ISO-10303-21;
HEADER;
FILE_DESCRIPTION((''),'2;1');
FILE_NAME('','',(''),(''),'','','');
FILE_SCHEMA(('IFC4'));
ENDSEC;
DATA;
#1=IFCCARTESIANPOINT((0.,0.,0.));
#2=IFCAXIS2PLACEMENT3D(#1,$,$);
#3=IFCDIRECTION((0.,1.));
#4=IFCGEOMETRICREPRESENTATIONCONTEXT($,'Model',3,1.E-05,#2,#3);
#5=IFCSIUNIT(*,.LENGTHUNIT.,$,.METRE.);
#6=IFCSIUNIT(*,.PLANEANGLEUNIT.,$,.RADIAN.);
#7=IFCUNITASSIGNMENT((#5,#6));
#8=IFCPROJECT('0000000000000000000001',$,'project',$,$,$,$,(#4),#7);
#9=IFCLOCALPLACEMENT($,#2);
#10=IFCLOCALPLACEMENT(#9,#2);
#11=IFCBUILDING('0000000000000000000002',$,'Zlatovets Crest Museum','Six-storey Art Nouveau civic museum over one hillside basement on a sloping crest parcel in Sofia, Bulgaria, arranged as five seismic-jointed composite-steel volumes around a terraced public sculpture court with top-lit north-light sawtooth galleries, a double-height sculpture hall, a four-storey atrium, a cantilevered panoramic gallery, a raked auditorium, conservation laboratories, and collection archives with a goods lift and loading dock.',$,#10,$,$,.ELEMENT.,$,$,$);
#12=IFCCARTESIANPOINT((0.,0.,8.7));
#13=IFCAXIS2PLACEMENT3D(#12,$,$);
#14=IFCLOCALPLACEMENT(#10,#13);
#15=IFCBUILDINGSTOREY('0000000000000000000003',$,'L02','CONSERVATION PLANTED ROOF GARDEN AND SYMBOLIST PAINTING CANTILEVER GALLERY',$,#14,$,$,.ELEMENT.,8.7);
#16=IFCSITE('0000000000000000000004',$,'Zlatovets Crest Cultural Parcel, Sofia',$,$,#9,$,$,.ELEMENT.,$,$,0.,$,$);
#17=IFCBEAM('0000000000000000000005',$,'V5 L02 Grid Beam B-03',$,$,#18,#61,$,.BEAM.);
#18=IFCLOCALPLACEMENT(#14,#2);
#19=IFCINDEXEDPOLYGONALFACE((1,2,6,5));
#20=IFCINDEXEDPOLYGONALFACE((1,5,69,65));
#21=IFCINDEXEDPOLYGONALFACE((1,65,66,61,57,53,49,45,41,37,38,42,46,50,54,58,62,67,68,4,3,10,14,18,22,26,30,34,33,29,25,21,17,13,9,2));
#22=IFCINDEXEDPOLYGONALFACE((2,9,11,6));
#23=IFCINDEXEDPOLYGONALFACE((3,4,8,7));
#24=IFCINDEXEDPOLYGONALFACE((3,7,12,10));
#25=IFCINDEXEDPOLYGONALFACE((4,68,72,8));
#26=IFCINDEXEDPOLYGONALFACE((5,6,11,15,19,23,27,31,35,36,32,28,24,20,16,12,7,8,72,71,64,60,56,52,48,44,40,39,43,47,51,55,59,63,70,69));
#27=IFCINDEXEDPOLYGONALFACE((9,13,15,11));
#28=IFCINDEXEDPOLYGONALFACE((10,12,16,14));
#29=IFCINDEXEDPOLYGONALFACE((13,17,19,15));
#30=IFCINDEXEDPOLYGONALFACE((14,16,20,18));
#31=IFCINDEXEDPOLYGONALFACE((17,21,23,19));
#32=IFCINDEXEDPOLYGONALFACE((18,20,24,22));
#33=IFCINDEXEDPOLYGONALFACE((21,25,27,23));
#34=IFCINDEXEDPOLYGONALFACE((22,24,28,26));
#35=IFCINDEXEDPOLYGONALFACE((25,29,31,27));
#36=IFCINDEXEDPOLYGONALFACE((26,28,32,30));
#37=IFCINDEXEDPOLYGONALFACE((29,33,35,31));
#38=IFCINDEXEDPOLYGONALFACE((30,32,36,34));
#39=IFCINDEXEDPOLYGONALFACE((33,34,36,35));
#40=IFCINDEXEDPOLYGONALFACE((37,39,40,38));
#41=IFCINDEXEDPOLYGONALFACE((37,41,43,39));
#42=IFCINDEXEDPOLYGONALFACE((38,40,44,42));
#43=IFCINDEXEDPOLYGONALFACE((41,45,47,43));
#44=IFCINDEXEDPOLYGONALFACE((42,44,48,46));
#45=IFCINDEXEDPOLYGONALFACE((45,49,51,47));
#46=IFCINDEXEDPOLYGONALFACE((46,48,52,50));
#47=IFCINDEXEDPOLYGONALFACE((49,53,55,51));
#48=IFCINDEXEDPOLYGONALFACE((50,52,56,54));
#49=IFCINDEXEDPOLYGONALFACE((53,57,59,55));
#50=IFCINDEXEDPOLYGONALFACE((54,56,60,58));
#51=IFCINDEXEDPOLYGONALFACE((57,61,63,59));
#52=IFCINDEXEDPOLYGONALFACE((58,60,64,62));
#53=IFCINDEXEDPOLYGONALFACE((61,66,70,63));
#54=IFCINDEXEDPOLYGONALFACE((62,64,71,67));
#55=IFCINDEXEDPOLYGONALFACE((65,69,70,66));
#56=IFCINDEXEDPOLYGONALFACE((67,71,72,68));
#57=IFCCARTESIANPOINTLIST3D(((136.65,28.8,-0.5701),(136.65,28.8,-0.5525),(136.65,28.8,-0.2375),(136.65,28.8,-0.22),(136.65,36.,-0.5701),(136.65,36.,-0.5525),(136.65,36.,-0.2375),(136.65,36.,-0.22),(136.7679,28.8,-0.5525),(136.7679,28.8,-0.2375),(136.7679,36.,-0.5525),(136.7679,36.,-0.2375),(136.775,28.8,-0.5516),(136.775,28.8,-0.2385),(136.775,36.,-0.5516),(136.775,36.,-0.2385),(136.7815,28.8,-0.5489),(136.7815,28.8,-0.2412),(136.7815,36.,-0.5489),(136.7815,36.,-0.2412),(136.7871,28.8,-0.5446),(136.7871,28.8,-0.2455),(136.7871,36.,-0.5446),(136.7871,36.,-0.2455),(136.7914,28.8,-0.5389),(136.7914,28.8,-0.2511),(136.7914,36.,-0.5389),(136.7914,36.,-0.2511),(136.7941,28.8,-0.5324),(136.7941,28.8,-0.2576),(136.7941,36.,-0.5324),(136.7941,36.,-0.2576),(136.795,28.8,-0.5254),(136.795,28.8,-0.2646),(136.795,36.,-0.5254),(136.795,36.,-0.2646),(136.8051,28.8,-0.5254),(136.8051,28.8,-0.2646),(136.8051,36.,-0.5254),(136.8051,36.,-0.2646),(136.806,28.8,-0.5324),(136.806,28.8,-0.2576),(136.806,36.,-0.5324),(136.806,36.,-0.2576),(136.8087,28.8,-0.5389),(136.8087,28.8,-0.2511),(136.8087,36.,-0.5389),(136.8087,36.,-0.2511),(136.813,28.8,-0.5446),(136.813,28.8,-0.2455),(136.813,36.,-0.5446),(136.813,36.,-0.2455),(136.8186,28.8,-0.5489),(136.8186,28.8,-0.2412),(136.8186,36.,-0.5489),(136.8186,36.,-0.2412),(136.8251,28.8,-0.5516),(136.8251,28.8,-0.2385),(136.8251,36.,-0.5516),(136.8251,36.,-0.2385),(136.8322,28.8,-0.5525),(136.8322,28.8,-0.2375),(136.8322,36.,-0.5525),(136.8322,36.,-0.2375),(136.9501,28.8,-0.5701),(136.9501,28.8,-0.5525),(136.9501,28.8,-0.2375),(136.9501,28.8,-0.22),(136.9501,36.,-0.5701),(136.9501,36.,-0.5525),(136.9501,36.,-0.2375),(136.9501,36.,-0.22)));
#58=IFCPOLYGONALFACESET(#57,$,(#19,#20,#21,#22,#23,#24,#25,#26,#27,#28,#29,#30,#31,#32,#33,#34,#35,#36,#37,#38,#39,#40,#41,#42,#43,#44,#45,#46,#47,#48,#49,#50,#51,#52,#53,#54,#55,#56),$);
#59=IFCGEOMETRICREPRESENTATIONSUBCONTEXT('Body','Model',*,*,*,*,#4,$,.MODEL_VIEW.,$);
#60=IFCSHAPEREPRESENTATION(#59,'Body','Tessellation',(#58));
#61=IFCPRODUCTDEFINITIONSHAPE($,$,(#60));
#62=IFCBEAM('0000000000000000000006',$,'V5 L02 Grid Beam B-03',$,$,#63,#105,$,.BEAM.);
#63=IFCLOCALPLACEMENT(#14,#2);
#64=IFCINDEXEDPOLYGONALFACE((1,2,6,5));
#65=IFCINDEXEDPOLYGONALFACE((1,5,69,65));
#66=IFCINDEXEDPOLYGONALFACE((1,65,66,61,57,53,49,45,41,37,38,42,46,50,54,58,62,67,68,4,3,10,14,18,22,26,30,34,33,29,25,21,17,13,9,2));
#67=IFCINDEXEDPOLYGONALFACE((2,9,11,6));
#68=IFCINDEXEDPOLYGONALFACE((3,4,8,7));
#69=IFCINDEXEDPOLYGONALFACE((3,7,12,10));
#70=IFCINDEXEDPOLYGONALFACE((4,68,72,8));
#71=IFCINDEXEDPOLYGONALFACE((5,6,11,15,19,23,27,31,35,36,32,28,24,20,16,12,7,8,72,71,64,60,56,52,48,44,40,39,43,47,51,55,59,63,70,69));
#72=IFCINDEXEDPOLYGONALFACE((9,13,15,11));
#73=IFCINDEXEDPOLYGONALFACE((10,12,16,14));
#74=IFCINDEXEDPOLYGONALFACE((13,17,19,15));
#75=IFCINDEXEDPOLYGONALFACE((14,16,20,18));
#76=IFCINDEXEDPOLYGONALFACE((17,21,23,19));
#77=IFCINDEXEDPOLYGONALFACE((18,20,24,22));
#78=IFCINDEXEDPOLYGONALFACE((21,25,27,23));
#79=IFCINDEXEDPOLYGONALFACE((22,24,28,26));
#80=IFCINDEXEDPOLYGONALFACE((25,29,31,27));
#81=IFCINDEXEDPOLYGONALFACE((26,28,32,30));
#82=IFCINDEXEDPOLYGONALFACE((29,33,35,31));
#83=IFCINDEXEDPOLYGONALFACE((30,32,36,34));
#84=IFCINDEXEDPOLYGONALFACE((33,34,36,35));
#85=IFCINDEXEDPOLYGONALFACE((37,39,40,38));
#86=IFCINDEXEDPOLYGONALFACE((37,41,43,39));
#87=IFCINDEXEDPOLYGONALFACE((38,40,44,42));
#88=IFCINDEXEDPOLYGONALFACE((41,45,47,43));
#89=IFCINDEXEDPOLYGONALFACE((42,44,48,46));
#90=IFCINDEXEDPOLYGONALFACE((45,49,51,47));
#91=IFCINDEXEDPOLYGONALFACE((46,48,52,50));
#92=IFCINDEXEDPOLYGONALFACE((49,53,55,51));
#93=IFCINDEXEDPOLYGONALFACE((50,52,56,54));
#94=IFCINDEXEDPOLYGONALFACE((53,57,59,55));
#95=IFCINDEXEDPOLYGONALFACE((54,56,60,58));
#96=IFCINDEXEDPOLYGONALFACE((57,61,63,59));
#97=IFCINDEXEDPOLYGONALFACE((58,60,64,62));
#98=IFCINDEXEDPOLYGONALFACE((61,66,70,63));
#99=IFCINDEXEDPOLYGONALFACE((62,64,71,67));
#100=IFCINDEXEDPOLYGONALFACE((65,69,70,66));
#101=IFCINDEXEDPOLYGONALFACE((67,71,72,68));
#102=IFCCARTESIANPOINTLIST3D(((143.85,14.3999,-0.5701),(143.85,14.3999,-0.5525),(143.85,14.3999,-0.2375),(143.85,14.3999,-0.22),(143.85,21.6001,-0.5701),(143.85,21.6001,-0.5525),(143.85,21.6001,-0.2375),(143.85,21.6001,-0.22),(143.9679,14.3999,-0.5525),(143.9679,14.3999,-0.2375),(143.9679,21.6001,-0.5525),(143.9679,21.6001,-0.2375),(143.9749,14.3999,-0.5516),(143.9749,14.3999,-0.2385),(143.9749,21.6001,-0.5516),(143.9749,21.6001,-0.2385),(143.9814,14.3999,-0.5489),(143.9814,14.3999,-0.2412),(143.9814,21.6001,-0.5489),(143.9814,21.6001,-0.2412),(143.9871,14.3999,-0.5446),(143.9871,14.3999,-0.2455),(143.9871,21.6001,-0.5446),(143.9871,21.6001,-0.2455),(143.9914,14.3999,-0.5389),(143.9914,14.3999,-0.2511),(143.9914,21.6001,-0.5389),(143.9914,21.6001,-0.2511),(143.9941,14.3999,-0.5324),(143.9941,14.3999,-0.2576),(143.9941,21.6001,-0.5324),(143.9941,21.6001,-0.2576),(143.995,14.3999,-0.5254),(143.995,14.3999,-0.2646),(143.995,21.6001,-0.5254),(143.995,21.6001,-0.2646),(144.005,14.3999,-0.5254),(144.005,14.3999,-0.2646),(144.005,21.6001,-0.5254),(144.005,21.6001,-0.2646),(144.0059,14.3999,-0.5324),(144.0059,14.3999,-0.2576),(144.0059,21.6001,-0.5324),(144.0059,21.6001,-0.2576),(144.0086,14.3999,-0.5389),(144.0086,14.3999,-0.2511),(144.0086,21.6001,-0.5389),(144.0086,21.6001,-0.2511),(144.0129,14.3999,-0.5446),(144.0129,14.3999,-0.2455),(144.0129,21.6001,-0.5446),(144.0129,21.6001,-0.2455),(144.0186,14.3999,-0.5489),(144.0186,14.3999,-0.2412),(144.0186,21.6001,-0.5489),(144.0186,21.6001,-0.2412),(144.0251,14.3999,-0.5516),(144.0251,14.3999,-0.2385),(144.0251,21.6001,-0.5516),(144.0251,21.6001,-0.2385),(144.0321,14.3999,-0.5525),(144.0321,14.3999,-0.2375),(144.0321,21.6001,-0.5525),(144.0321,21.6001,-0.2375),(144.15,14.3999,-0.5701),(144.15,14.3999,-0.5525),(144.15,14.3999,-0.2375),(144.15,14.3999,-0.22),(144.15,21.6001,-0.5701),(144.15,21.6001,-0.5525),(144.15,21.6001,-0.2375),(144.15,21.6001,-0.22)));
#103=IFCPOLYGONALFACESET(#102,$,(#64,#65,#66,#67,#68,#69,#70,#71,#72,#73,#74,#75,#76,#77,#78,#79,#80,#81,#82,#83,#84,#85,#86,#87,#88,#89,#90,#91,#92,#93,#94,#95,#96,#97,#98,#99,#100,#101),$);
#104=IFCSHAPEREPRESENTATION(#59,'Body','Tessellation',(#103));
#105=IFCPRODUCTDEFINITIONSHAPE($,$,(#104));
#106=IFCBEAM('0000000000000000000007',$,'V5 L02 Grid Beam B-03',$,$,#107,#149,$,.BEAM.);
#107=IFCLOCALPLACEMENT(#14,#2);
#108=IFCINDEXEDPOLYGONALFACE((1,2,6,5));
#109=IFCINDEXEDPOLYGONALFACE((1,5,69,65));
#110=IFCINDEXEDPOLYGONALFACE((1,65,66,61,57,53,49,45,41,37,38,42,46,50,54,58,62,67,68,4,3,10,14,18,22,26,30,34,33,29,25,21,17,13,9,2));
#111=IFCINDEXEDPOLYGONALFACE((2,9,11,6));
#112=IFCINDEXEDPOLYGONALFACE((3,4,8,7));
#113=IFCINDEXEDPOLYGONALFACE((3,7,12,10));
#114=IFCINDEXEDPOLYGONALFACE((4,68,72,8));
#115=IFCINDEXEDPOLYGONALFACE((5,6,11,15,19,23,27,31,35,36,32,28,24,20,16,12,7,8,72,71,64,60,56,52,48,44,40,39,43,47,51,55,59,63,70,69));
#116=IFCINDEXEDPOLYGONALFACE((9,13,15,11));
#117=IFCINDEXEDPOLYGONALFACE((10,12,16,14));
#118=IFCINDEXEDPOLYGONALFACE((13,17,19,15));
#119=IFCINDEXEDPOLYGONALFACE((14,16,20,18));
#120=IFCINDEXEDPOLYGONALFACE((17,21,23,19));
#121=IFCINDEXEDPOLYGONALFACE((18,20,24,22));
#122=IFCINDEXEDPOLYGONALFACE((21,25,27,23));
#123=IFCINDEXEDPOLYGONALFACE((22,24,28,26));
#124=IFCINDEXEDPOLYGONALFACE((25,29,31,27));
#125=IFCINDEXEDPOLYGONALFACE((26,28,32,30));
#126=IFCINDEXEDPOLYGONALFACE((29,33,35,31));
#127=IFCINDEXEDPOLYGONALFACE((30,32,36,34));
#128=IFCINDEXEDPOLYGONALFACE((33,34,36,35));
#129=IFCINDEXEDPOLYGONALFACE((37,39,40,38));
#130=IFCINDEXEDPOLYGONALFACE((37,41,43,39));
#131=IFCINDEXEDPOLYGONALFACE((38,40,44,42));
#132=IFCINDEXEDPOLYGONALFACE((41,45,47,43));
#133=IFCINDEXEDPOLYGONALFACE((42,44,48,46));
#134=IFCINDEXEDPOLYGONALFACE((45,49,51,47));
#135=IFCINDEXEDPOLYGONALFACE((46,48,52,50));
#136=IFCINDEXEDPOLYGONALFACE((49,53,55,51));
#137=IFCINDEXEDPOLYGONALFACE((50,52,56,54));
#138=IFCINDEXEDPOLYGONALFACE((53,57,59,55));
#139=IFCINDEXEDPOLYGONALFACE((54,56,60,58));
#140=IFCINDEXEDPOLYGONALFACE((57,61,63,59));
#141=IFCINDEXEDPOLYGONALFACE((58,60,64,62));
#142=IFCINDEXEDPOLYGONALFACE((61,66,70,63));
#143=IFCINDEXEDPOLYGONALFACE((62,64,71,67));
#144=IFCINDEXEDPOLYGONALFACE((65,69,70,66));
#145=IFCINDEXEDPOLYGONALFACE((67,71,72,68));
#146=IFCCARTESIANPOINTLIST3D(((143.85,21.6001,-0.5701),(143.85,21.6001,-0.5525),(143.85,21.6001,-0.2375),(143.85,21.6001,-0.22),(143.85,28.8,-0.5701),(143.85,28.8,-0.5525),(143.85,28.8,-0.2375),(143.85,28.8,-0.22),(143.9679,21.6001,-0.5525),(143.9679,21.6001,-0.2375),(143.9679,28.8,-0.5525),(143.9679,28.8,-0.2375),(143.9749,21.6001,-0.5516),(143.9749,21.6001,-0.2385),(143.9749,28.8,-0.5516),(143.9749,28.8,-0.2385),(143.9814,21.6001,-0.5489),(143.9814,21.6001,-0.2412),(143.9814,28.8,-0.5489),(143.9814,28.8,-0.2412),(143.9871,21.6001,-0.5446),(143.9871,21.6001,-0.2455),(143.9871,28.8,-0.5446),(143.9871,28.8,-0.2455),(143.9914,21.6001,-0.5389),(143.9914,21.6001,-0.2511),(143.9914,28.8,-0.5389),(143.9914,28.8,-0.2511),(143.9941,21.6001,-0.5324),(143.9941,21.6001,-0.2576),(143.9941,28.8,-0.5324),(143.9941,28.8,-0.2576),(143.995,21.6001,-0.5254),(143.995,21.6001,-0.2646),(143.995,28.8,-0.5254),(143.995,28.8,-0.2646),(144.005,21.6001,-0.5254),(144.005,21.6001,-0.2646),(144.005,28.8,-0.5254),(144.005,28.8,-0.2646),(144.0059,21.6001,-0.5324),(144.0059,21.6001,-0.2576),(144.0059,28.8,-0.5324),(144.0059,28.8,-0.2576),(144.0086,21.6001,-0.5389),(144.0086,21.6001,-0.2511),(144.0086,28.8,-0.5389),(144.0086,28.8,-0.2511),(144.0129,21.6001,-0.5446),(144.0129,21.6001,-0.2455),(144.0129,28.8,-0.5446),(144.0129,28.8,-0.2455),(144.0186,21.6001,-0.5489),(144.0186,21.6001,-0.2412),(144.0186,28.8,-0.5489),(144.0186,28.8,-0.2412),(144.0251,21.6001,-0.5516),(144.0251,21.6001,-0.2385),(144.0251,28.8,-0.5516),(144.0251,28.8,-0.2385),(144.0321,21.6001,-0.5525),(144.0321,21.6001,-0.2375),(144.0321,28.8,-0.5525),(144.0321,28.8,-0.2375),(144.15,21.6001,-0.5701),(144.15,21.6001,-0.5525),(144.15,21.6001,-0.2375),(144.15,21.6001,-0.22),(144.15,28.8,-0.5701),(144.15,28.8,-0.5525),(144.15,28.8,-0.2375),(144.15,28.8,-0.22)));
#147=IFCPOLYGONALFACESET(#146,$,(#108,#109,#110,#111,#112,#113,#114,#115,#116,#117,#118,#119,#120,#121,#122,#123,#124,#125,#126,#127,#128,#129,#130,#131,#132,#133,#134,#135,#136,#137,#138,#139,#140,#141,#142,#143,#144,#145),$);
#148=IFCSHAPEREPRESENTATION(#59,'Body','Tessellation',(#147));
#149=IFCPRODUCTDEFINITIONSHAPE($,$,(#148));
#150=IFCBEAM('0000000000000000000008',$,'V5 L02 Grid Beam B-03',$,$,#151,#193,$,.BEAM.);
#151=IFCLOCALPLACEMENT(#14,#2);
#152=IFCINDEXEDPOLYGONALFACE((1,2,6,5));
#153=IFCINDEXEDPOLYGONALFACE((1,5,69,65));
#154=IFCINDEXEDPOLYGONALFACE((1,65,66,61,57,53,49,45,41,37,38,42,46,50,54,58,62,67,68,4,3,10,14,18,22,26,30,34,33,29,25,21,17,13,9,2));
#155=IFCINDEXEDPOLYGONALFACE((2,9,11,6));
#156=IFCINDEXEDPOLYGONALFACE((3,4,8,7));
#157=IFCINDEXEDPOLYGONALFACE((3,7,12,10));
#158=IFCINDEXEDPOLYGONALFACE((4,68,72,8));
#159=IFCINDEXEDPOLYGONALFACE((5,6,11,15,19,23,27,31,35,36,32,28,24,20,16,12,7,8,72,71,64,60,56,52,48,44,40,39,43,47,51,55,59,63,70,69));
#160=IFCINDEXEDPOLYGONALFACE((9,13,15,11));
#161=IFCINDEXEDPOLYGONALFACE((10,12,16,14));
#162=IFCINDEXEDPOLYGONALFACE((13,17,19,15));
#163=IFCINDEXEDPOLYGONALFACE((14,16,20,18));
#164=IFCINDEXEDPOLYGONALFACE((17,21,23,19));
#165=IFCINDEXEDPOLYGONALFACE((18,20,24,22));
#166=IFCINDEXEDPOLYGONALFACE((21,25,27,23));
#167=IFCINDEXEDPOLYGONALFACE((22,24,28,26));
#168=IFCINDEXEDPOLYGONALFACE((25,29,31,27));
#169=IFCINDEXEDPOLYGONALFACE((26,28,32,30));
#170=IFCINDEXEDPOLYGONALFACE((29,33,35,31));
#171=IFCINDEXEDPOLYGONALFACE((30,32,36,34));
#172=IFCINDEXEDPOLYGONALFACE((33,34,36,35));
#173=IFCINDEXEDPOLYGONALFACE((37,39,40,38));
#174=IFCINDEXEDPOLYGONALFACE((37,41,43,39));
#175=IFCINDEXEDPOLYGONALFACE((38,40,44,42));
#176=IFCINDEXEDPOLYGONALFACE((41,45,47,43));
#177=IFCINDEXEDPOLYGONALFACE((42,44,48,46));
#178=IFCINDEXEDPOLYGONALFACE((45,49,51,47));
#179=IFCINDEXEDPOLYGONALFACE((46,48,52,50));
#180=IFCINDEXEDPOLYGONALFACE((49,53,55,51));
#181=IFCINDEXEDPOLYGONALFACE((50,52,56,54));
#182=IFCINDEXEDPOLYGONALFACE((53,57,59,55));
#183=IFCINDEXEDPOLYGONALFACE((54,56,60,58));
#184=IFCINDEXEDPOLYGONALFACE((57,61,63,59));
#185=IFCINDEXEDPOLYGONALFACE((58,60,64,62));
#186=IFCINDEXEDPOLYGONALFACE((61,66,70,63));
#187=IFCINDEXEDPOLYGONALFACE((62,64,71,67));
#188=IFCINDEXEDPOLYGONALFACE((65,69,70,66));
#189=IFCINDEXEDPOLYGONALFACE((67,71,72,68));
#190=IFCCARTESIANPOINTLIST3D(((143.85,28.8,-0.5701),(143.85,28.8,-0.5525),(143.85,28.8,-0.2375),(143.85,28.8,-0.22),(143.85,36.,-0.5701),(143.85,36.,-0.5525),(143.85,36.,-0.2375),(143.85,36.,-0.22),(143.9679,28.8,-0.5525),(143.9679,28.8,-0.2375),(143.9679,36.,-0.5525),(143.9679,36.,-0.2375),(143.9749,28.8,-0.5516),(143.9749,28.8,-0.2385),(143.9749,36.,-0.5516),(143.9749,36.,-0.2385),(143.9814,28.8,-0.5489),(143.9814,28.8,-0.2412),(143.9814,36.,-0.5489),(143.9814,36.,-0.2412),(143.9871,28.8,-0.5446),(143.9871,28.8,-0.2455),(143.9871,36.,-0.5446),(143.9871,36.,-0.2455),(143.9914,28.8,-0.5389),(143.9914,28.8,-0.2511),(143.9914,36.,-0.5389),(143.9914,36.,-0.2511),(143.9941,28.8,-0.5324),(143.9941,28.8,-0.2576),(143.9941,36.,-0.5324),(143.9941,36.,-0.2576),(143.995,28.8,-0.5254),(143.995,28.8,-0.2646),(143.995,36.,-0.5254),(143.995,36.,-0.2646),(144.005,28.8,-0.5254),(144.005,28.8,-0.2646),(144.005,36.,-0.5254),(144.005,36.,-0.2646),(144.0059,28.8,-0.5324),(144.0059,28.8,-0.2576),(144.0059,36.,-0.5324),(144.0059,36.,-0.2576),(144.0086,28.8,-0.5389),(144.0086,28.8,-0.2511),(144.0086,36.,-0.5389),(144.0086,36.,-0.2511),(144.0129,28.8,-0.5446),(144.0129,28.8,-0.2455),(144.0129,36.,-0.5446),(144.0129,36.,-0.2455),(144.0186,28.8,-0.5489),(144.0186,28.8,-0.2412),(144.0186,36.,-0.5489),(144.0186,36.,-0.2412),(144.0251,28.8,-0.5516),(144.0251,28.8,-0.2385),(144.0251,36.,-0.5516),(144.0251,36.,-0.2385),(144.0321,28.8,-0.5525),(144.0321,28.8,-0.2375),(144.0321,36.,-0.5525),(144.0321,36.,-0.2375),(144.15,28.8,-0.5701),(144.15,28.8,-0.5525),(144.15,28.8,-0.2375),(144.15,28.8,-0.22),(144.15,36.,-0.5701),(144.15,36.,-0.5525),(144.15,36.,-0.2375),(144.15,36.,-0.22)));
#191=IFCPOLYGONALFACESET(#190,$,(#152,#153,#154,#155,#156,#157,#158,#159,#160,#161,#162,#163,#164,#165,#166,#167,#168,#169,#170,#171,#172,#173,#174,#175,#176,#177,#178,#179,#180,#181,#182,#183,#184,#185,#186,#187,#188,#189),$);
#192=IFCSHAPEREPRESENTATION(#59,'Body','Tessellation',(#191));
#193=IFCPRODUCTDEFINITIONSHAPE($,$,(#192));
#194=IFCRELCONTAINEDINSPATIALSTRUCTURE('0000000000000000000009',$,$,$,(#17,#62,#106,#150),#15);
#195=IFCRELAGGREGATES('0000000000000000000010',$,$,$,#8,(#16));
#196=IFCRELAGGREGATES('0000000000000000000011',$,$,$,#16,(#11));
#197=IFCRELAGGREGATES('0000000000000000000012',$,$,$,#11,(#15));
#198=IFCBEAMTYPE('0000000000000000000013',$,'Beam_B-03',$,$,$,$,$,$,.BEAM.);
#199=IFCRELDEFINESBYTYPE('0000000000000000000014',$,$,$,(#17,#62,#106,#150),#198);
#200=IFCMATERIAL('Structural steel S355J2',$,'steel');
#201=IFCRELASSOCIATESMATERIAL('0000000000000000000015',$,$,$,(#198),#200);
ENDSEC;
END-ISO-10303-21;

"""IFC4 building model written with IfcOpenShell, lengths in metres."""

from ifc_helpers import new_model, si_unit, direction, frame, origin, origin_2d, place, context, subcontext, project, spatial, i_section, extrude, material, material_profile, profile_set, type_object, element, save


model = new_model("IFC4")

# Units and contexts
model_context = context("Model", 3, precision=1e-05, world=origin(), true_north=direction((0.0, 1.0)))
body_context = subcontext(model_context, "Body", "Model", "MODEL_VIEW")
ifc_project = project(units=[si_unit("LENGTHUNIT", "METRE"), si_unit("PLANEANGLEUNIT", "RADIAN")], contexts=[model_context])

# Site, building, storey
site_placement = place(None, origin())
site = spatial("IfcSite", under=ifc_project, at=site_placement, Name="Zlatovets Crest Cultural Parcel, Sofia", CompositionType="ELEMENT", RefElevation=0.0)
building_placement = place(site_placement, origin())
building = spatial("IfcBuilding", under=site, at=building_placement, Name="Zlatovets Crest Museum", Description="Six-storey Art Nouveau civic museum over one hillside basement on a sloping crest parcel in Sofia, Bulgaria, arranged as five seismic-jointed composite-steel volumes around a terraced public sculpture court with top-lit north-light sawtooth galleries, a double-height sculpture hall, a four-storey atrium, a cantilevered panoramic gallery, a raked auditorium, conservation laboratories, and collection archives with a goods lift and loading dock.", CompositionType="ELEMENT")
storey_placement = place(building_placement, frame((0.0, 0.0, 8.7)))
storey = spatial("IfcBuildingStorey", under=building, at=storey_placement, Name="L02", Description="CONSERVATION PLANTED ROOF GARDEN AND SYMBOLIST PAINTING CANTILEVER GALLERY", CompositionType="ELEMENT", Elevation=8.7)

# Shared definitions
ifc_material_1 = material(Name="Structural steel S355J2", Category="steel")

# Beams
ifc_material_profile_1 = material_profile(ifc_material_1, i_section(OverallWidth=0.3, OverallDepth=0.3501, WebThickness=0.01, FlangeThickness=0.0176, FilletRadius=0.0271, at=origin_2d()), Name="HEA 360")
ifc_profile_set_1 = profile_set([ifc_material_profile_1], Name="Structural steel S355J2")
beam_type_1 = type_object("IfcBeamType", Name="Beam_B-03", PredefinedType="BEAM", material=ifc_profile_set_1)
for number, where, z_axis, x_axis, name in (
    (1, (136.8, 28.8, -0.395), (0.0, 1.0, 0.0), (-1.0, 0.0, 0.0), "V5 L02 Grid Beam B-03"),
):
    element("IfcBeam", number, at=place(storey_placement, frame(where, z_axis=z_axis, x_axis=x_axis)), inside=storey, type_object=beam_type_1, Name=name, PredefinedType="BEAM", context=body_context, shape_type="SweptSolid", body=[
        extrude(i_section(OverallWidth=0.3, OverallDepth=0.3501, WebThickness=0.01, FlangeThickness=0.0176, FilletRadius=0.0271, at=origin_2d()), origin(), (0.0, 0.0, 1.0), 7.2),
    ])
beam_1_placement = place(storey_placement, frame((144.0, 14.3999, -0.395), z_axis=(0.0, 1.0, 0.0), x_axis=(-1.0, 0.0, 0.0)))
element("IfcBeam", 2, at=beam_1_placement, inside=storey, type_object=beam_type_1, Name="V5 L02 Grid Beam B-03", PredefinedType="BEAM", context=body_context, shape_type="SweptSolid", body=[
    extrude(i_section(OverallWidth=0.3, OverallDepth=0.3501, WebThickness=0.01, FlangeThickness=0.0176, FilletRadius=0.0271, at=origin_2d()), origin(), (0.0, 0.0, 1.0), 7.2002),
])
for number, where, z_axis, x_axis, name in (
    (3, (144.0, 21.6001, -0.395), (0.0, 1.0, 0.0), (-1.0, 0.0, 0.0), "V5 L02 Grid Beam B-03"),
    (4, (144.0, 28.8, -0.395), (0.0, 1.0, 0.0), (-1.0, 0.0, 0.0), "V5 L02 Grid Beam B-03"),
):
    element("IfcBeam", number, at=place(storey_placement, frame(where, z_axis=z_axis, x_axis=x_axis)), inside=storey, type_object=beam_type_1, Name=name, PredefinedType="BEAM", context=body_context, shape_type="SweptSolid", body=[
        extrude(i_section(OverallWidth=0.3, OverallDepth=0.3501, WebThickness=0.01, FlangeThickness=0.0176, FilletRadius=0.0271, at=origin_2d()), origin(), (0.0, 0.0, 1.0), 7.2),
    ])

save(model, "model.ifc")
